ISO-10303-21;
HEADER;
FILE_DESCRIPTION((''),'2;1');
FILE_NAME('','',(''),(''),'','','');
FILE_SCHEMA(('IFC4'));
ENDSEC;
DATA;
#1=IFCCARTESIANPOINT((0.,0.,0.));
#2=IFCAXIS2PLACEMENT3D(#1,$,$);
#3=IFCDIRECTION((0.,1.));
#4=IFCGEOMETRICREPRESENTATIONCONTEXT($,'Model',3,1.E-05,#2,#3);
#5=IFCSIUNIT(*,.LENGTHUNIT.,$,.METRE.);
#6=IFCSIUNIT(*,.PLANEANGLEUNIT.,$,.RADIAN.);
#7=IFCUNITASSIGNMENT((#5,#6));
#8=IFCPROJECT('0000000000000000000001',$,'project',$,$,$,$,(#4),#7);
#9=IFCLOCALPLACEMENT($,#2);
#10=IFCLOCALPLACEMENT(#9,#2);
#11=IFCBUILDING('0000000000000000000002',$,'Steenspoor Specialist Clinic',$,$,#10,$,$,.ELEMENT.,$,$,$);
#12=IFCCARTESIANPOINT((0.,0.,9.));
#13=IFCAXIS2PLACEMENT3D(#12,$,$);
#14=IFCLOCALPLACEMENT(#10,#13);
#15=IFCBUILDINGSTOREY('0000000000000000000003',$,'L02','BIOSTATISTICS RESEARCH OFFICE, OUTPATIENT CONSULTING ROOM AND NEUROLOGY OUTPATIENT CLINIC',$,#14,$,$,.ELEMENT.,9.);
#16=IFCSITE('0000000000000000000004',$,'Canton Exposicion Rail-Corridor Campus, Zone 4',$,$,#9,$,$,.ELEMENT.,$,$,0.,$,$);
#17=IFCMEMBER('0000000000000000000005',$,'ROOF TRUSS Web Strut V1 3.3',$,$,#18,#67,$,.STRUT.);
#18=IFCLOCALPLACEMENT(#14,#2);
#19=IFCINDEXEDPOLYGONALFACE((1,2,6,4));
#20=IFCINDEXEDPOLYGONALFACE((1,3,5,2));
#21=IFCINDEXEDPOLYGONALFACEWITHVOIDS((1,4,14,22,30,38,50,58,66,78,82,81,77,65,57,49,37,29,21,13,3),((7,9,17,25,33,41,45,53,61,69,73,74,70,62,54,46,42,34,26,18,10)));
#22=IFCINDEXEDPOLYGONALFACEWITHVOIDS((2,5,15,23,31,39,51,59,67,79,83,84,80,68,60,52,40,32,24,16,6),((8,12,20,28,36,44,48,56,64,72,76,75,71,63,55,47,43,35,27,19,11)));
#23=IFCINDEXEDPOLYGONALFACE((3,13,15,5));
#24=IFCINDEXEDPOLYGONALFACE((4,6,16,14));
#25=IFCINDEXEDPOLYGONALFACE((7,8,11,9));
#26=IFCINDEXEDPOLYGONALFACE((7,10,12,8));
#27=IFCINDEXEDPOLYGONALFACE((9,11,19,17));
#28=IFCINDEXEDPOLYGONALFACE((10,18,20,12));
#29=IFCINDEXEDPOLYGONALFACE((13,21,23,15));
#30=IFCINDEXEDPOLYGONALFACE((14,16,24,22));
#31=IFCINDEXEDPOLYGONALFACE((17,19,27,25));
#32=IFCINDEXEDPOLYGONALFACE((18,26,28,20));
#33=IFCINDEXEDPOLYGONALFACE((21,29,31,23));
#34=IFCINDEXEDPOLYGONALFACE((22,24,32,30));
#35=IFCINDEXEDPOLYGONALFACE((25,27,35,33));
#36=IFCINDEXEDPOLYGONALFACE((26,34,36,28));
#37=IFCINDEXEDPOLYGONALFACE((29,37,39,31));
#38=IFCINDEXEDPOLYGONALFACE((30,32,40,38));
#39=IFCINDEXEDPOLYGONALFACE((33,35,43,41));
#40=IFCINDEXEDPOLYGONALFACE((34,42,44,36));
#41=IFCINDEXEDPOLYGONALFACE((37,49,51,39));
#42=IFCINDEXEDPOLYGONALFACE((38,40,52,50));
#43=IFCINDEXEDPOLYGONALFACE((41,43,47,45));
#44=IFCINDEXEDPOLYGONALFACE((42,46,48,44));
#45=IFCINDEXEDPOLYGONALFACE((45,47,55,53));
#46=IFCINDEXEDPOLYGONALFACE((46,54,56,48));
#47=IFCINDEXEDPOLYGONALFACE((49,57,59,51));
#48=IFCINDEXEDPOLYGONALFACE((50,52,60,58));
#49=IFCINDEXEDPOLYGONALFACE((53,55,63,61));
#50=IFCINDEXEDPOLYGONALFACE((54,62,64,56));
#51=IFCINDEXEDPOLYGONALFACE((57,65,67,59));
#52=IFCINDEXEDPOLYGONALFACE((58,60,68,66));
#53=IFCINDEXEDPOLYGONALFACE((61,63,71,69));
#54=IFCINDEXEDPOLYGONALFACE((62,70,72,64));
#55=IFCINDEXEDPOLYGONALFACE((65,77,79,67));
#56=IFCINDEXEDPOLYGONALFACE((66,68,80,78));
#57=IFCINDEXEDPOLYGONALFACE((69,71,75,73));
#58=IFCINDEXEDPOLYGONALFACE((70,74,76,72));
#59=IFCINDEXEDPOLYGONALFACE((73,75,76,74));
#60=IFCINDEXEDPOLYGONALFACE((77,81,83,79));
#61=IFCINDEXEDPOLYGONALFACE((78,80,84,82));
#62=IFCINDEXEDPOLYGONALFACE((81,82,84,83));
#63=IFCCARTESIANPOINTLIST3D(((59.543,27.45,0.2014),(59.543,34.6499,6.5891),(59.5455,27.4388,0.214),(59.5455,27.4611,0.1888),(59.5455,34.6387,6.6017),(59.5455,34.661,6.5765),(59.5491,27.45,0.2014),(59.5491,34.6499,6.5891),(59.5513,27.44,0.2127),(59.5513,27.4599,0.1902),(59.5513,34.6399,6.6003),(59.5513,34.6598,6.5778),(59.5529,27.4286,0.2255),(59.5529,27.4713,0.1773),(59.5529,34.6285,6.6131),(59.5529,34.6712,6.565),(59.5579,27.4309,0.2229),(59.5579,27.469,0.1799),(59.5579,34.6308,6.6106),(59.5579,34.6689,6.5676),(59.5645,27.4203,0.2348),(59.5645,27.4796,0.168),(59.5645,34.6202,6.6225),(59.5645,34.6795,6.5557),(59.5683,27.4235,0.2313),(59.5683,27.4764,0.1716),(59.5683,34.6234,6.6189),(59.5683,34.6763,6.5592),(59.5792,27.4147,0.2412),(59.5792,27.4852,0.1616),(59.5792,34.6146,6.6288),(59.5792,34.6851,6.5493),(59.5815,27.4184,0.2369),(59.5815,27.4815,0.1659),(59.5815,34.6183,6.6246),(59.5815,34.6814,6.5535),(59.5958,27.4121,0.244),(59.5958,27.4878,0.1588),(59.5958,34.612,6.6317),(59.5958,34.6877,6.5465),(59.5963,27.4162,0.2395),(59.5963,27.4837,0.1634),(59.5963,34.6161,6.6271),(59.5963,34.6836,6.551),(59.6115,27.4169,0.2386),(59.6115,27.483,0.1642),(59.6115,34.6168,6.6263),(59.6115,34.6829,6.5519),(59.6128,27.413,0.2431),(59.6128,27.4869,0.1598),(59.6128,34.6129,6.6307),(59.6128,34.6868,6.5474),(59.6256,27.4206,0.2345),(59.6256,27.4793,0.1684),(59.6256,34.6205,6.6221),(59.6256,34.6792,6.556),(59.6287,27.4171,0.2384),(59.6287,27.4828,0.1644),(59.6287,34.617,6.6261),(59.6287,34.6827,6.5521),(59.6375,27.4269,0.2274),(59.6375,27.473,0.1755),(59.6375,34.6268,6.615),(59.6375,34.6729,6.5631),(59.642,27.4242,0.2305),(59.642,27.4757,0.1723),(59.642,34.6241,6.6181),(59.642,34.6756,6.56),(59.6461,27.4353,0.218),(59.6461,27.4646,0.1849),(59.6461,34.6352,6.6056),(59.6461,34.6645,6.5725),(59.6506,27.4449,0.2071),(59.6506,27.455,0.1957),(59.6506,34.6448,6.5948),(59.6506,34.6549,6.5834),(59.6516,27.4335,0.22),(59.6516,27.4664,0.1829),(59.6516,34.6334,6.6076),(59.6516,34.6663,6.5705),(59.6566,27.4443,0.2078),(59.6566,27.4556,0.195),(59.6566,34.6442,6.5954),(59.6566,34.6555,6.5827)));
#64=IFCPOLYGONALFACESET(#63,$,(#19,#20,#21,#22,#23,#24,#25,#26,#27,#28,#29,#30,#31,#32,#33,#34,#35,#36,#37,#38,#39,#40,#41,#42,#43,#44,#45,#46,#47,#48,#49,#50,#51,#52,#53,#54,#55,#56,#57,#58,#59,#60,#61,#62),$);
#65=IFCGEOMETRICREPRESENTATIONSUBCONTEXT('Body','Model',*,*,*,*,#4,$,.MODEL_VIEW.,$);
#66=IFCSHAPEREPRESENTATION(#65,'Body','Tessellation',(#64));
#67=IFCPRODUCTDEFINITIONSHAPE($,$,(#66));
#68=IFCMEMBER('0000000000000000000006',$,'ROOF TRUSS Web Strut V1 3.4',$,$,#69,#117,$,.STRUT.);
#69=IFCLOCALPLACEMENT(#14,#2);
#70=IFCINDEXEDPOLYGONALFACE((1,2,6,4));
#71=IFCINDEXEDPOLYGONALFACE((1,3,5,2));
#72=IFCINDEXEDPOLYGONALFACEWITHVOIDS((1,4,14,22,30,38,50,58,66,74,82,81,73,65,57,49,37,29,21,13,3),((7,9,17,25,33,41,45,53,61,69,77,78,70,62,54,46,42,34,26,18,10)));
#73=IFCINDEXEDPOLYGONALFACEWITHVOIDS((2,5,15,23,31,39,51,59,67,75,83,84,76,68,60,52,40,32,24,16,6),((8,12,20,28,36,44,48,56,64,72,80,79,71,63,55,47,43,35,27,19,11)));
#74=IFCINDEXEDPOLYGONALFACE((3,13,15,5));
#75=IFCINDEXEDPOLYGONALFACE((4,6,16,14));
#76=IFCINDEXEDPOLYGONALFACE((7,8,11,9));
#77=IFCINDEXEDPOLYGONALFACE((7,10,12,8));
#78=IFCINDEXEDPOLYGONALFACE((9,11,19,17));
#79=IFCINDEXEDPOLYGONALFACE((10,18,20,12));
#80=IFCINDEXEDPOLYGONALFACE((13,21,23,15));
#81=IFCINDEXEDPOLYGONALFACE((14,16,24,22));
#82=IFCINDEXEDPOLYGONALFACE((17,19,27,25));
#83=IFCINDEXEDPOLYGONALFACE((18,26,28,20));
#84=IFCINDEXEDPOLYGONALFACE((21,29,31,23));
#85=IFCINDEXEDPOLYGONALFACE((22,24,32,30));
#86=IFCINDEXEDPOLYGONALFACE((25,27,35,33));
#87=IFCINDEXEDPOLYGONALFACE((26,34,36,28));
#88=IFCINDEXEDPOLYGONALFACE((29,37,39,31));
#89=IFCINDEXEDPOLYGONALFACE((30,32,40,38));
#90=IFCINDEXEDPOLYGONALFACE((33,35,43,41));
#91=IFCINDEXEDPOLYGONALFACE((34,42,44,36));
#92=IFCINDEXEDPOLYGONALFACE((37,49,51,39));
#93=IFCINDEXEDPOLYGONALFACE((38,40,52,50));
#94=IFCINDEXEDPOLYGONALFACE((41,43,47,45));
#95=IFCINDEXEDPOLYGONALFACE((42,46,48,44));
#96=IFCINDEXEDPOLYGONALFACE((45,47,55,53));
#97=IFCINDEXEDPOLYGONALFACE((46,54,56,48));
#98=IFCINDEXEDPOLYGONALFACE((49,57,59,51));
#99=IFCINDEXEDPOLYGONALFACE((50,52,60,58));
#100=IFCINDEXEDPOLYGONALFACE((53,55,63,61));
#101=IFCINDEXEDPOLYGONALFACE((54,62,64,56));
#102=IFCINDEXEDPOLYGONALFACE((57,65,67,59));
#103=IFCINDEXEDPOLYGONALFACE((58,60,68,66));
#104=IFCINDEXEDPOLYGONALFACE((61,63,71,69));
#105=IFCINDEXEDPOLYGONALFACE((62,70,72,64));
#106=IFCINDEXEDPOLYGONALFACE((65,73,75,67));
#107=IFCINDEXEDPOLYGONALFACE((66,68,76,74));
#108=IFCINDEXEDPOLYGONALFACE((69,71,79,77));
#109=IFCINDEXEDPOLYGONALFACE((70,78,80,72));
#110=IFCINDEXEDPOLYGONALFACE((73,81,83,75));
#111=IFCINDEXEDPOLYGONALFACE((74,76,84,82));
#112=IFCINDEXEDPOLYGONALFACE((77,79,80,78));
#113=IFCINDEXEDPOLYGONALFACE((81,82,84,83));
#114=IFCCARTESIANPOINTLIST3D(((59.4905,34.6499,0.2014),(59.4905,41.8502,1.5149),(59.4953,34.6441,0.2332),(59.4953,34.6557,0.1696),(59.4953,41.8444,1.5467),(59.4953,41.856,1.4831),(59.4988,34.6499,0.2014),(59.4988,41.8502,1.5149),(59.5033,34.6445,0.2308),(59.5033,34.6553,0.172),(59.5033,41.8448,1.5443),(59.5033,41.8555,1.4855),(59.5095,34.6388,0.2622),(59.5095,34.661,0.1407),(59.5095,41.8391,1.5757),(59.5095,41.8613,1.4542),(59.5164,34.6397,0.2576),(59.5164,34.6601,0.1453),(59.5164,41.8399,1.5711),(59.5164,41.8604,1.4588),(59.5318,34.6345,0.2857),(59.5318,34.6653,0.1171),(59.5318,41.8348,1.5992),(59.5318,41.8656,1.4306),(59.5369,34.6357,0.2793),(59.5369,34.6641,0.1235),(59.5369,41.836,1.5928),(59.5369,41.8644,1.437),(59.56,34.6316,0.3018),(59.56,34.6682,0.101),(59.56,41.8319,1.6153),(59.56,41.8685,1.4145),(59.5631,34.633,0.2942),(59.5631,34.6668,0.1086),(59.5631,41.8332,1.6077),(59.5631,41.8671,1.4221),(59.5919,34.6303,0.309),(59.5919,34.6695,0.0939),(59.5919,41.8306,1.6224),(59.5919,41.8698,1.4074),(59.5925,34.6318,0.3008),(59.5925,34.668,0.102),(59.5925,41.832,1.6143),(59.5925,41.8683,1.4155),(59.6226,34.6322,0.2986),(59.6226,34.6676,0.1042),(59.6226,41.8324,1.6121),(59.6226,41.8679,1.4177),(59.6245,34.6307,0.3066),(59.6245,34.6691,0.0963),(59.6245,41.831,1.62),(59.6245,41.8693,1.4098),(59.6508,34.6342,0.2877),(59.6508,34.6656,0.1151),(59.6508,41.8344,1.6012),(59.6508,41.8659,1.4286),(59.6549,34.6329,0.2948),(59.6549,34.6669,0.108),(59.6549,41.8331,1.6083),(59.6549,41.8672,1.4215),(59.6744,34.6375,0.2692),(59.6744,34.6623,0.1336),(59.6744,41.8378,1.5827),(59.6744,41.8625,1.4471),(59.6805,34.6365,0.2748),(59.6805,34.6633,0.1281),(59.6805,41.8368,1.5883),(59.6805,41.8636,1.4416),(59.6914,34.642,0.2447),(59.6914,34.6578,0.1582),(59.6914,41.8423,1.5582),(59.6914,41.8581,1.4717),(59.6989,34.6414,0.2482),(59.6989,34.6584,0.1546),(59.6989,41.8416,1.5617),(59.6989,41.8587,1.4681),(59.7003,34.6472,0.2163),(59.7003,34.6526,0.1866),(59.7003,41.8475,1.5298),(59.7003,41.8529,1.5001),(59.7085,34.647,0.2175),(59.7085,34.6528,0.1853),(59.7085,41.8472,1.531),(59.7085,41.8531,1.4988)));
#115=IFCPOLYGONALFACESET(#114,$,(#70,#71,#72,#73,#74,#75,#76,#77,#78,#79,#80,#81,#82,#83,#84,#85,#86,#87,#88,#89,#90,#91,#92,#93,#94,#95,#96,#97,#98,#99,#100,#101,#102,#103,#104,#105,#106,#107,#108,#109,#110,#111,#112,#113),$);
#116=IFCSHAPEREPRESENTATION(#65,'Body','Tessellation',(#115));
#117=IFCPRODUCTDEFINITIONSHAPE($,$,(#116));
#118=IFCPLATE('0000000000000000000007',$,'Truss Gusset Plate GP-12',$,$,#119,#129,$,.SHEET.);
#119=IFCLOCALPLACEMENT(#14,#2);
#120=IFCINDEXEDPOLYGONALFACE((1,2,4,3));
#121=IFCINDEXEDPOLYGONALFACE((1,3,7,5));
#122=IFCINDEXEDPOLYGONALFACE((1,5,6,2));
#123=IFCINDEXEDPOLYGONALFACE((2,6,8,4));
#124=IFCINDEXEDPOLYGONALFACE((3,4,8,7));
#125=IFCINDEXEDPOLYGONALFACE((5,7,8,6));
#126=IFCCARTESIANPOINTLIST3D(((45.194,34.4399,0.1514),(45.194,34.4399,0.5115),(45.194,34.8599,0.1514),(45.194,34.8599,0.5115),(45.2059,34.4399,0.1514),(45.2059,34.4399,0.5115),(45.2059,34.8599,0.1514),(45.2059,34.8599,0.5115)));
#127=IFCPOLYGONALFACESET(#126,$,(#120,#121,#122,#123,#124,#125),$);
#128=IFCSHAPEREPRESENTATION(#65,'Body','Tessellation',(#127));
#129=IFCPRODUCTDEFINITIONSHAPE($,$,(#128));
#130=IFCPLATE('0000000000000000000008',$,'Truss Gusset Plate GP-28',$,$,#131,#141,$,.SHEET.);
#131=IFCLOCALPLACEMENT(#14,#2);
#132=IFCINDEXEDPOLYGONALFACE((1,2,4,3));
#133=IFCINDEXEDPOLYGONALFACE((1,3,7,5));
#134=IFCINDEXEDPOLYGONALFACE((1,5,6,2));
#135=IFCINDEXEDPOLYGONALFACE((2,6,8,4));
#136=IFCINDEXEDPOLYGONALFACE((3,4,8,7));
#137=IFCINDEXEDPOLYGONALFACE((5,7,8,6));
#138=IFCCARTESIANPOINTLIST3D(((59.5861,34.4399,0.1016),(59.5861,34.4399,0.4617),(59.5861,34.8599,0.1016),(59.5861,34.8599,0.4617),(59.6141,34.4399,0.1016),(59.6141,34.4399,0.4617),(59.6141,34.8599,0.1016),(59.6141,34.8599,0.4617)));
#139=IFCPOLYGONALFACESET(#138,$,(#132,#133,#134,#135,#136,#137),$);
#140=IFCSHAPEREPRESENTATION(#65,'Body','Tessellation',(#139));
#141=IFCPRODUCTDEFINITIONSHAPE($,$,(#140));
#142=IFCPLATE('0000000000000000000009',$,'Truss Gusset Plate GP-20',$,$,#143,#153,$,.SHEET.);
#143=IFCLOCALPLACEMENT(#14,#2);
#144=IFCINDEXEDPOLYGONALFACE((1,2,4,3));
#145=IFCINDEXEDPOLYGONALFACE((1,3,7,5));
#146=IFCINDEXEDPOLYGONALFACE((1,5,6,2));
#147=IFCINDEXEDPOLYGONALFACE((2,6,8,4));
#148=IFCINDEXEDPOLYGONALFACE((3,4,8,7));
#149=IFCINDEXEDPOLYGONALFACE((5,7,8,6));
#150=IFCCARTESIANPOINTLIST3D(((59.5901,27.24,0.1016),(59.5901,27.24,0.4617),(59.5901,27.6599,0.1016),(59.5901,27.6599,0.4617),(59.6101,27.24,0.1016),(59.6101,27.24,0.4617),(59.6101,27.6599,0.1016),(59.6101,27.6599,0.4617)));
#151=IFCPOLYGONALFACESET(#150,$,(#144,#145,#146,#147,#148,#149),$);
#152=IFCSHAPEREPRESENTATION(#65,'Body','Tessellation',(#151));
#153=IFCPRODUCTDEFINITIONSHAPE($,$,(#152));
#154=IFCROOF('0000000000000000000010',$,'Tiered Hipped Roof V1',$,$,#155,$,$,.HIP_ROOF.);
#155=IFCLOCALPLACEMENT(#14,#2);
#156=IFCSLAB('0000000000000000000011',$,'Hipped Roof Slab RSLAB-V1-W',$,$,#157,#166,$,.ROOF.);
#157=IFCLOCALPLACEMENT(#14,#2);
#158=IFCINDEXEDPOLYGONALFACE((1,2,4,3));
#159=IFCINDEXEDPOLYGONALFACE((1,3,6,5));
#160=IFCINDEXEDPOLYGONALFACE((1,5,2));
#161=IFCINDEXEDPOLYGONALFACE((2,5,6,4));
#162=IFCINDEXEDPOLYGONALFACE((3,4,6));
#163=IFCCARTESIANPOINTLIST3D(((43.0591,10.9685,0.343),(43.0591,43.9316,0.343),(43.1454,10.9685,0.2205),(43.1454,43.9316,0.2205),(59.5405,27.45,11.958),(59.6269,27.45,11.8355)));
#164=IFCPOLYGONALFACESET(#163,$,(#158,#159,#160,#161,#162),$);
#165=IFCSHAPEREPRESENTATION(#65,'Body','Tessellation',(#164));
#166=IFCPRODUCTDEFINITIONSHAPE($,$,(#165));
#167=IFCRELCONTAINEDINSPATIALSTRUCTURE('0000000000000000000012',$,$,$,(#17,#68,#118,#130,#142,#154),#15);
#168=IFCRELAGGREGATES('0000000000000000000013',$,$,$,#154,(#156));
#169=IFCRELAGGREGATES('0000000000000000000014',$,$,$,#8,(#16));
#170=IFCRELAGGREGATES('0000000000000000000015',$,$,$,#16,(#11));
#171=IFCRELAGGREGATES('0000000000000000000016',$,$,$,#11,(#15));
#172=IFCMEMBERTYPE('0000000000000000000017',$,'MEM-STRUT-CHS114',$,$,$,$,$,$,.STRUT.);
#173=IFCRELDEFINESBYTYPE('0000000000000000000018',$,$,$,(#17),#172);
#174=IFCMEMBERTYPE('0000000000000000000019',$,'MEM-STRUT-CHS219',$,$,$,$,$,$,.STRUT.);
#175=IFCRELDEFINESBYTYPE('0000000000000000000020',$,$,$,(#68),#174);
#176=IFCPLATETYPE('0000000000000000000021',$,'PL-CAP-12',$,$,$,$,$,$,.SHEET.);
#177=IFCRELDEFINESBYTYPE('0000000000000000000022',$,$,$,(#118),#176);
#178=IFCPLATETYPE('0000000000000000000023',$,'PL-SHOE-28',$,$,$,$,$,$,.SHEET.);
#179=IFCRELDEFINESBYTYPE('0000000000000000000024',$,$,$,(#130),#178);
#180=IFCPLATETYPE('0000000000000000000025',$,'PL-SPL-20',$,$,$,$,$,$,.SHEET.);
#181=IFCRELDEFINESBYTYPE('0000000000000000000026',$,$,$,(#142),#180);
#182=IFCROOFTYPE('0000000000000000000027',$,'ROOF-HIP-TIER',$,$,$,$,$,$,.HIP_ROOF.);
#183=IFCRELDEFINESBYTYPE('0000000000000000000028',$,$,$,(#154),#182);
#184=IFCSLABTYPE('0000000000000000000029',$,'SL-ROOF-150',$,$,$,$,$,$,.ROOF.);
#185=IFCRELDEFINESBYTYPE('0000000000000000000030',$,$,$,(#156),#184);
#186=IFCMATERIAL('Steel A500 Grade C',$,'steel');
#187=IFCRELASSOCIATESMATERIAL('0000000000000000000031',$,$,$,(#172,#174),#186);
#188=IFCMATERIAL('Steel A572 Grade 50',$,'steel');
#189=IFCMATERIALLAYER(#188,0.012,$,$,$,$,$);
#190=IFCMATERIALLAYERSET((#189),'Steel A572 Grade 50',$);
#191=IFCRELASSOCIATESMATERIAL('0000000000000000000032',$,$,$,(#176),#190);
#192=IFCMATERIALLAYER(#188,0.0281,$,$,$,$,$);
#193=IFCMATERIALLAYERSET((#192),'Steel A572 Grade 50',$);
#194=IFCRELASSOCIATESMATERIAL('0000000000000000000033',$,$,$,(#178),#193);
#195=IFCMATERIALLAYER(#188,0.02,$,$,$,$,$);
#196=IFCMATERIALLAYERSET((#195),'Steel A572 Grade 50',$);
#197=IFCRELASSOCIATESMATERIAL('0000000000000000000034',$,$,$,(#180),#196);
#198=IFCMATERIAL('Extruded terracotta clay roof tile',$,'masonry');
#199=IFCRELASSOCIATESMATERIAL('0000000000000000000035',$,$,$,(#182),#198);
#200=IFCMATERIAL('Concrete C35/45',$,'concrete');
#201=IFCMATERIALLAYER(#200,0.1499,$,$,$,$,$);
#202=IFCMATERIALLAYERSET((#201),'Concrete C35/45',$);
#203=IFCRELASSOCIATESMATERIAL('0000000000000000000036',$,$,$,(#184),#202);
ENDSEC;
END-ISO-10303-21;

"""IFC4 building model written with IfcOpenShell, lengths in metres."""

from ifc_helpers import new_model, si_unit, direction, frame, origin, origin_2d, place, context, subcontext, project, spatial, polyline, rectangle, hollow_circle, outline, extrude, material, layer, layer_set, material_profile, profile_set, type_object, element, aggregate, save


model = new_model("IFC4")

# Units and contexts
model_context = context("Model", 3, precision=1e-05, world=origin(), true_north=direction((0.0, 1.0)))
body_context = subcontext(model_context, "Body", "Model", "MODEL_VIEW")
ifc_project = project(units=[si_unit("LENGTHUNIT", "METRE"), si_unit("PLANEANGLEUNIT", "RADIAN")], contexts=[model_context])

# Site, building, storey
site_placement = place(None, origin())
site = spatial("IfcSite", under=ifc_project, at=site_placement, Name="Canton Exposicion Rail-Corridor Campus, Zone 4", CompositionType="ELEMENT", RefElevation=0.0)
building_placement = place(site_placement, origin())
building = spatial("IfcBuilding", under=site, at=building_placement, Name="Steenspoor Specialist Clinic", CompositionType="ELEMENT")
storey_placement = place(building_placement, frame((0.0, 0.0, 9.0)))
storey = spatial("IfcBuildingStorey", under=building, at=storey_placement, Name="L02", Description="BIOSTATISTICS RESEARCH OFFICE, OUTPATIENT CONSULTING ROOM AND NEUROLOGY OUTPATIENT CLINIC", CompositionType="ELEMENT", Elevation=9.0)

# Members
ifc_material_1 = material(Name="Steel A500 Grade C", Category="steel")
ifc_material_profile_1 = material_profile(ifc_material_1, hollow_circle(Radius=0.0571, WallThickness=0.0061, at=origin_2d()), Name="CHS114X6.0")
ifc_profile_set_1 = profile_set([ifc_material_profile_1], Name="Steel A500 Grade C")
member_type_1 = type_object("IfcMemberType", Name="MEM-STRUT-CHS114", PredefinedType="STRUT", material=ifc_profile_set_1)
member_1_placement = place(storey_placement, frame((59.6001, 27.45, 0.2014), z_axis=(0.0, 0.748042, 0.663652), x_axis=(-1.0, 0.0, 0.0)))
element("IfcMember", 1, at=member_1_placement, inside=storey, type_object=member_type_1, Name="ROOF TRUSS Web Strut V1 3.3", PredefinedType="STRUT", context=body_context, shape_type="SweptSolid", body=[
    extrude(hollow_circle(Radius=0.0571, WallThickness=0.0061, at=origin_2d()), origin(), (0.0, 0.0, 1.0), 9.625),
])
ifc_material_profile_2 = material_profile(ifc_material_1, hollow_circle(Radius=0.1096, WallThickness=0.0083, at=origin_2d()), Name="CHS219X8.2")
ifc_profile_set_2 = profile_set([ifc_material_profile_2], Name="Steel A500 Grade C")
member_type_2 = type_object("IfcMemberType", Name="MEM-STRUT-CHS219", PredefinedType="STRUT", material=ifc_profile_set_2)
member_2_placement = place(storey_placement, frame((59.6001, 34.6499, 0.2014), z_axis=(0.0, 0.983765, 0.179461), x_axis=(-1.0, 0.0, 0.0)))
element("IfcMember", 2, at=member_2_placement, inside=storey, type_object=member_type_2, Name="ROOF TRUSS Web Strut V1 3.4", PredefinedType="STRUT", context=body_context, shape_type="SweptSolid", body=[
    extrude(hollow_circle(Radius=0.1096, WallThickness=0.0083, at=origin_2d()), origin(), (0.0, 0.0, 1.0), 7.3191),
])

# Plates
ifc_material_2 = material(Name="Steel A572 Grade 50", Category="steel")
ifc_layer_1 = layer(ifc_material_2, 0.012)
ifc_layer_set_1 = layer_set([ifc_layer_1], Name="Steel A572 Grade 50")
plate_type_1 = type_object("IfcPlateType", Name="PL-CAP-12", PredefinedType="SHEET", material=ifc_layer_set_1)
plate_1_placement = place(storey_placement, frame((45.2, 34.6499, 0.1514), z_axis=(0.0, 0.0, 1.0), x_axis=(1.0, 0.0, 0.0)))
element("IfcPlate", 3, at=plate_1_placement, inside=storey, type_object=plate_type_1, Name="Truss Gusset Plate GP-12", PredefinedType="SHEET", context=body_context, shape_type="SweptSolid", body=[
    extrude(rectangle(XDim=0.012, YDim=0.4199, at=origin_2d()), origin(), (0.0, 0.0, 1.0), 0.3601),
])
ifc_layer_2 = layer(ifc_material_2, 0.0281)
ifc_layer_set_2 = layer_set([ifc_layer_2], Name="Steel A572 Grade 50")
plate_type_2 = type_object("IfcPlateType", Name="PL-SHOE-28", PredefinedType="SHEET", material=ifc_layer_set_2)
plate_2_placement = place(storey_placement, frame((59.6001, 34.6499, 0.1016), z_axis=(0.0, 0.0, 1.0), x_axis=(1.0, 0.0, 0.0)))
element("IfcPlate", 4, at=plate_2_placement, inside=storey, type_object=plate_type_2, Name="Truss Gusset Plate GP-28", PredefinedType="SHEET", context=body_context, shape_type="SweptSolid", body=[
    extrude(rectangle(XDim=0.0281, YDim=0.4199, at=origin_2d()), origin(), (0.0, 0.0, 1.0), 0.3601),
])
ifc_layer_3 = layer(ifc_material_2, 0.02)
ifc_layer_set_3 = layer_set([ifc_layer_3], Name="Steel A572 Grade 50")
plate_type_3 = type_object("IfcPlateType", Name="PL-SPL-20", PredefinedType="SHEET", material=ifc_layer_set_3)
plate_3_placement = place(storey_placement, frame((59.6001, 27.45, 0.1016), z_axis=(0.0, 0.0, 1.0), x_axis=(1.0, 0.0, 0.0)))
element("IfcPlate", 5, at=plate_3_placement, inside=storey, type_object=plate_type_3, Name="Truss Gusset Plate GP-20", PredefinedType="SHEET", context=body_context, shape_type="SweptSolid", body=[
    extrude(rectangle(XDim=0.02, YDim=0.4199, at=origin_2d()), origin(), (0.0, 0.0, 1.0), 0.3601),
])

# Roof, slab
ifc_material_3 = material(Name="Extruded terracotta clay roof tile", Category="masonry")
roof_type = type_object("IfcRoofType", Name="ROOF-HIP-TIER", PredefinedType="HIP_ROOF", material=ifc_material_3)
roof_placement = place(storey_placement, origin())
roof = element("IfcRoof", 6, at=roof_placement, inside=storey, type_object=roof_type, Name="Tiered Hipped Roof V1", PredefinedType="HIP_ROOF")
ifc_material_4 = material(Name="Concrete C35/45", Category="concrete")
ifc_layer_4 = layer(ifc_material_4, 0.1499)
ifc_layer_set_4 = layer_set([ifc_layer_4], Name="Concrete C35/45")
slab_type = type_object("IfcSlabType", Name="SL-ROOF-150", PredefinedType="ROOF", material=ifc_layer_set_4)
slab_placement = place(storey_placement, frame((59.5405, 27.45, 11.958), z_axis=(-0.576055, 0.0, 0.817411), x_axis=(-0.632876, 0.632886, -0.446008)))
slab = element("IfcSlab", 7, at=slab_placement, type_object=slab_type, Name="Hipped Roof Slab RSLAB-V1-W", PredefinedType="ROOF", context=body_context, shape_type="SweptSolid", body=[
    extrude(outline(polyline([(0.0, 0.0), (26.0421, 0.0), (5.1802, 25.5215), (0.0, 0.0)])), origin(), (0.0, 0.0, -1.0), 0.1499),
])
aggregate(roof, [slab])

save(model, "model.ifc")
